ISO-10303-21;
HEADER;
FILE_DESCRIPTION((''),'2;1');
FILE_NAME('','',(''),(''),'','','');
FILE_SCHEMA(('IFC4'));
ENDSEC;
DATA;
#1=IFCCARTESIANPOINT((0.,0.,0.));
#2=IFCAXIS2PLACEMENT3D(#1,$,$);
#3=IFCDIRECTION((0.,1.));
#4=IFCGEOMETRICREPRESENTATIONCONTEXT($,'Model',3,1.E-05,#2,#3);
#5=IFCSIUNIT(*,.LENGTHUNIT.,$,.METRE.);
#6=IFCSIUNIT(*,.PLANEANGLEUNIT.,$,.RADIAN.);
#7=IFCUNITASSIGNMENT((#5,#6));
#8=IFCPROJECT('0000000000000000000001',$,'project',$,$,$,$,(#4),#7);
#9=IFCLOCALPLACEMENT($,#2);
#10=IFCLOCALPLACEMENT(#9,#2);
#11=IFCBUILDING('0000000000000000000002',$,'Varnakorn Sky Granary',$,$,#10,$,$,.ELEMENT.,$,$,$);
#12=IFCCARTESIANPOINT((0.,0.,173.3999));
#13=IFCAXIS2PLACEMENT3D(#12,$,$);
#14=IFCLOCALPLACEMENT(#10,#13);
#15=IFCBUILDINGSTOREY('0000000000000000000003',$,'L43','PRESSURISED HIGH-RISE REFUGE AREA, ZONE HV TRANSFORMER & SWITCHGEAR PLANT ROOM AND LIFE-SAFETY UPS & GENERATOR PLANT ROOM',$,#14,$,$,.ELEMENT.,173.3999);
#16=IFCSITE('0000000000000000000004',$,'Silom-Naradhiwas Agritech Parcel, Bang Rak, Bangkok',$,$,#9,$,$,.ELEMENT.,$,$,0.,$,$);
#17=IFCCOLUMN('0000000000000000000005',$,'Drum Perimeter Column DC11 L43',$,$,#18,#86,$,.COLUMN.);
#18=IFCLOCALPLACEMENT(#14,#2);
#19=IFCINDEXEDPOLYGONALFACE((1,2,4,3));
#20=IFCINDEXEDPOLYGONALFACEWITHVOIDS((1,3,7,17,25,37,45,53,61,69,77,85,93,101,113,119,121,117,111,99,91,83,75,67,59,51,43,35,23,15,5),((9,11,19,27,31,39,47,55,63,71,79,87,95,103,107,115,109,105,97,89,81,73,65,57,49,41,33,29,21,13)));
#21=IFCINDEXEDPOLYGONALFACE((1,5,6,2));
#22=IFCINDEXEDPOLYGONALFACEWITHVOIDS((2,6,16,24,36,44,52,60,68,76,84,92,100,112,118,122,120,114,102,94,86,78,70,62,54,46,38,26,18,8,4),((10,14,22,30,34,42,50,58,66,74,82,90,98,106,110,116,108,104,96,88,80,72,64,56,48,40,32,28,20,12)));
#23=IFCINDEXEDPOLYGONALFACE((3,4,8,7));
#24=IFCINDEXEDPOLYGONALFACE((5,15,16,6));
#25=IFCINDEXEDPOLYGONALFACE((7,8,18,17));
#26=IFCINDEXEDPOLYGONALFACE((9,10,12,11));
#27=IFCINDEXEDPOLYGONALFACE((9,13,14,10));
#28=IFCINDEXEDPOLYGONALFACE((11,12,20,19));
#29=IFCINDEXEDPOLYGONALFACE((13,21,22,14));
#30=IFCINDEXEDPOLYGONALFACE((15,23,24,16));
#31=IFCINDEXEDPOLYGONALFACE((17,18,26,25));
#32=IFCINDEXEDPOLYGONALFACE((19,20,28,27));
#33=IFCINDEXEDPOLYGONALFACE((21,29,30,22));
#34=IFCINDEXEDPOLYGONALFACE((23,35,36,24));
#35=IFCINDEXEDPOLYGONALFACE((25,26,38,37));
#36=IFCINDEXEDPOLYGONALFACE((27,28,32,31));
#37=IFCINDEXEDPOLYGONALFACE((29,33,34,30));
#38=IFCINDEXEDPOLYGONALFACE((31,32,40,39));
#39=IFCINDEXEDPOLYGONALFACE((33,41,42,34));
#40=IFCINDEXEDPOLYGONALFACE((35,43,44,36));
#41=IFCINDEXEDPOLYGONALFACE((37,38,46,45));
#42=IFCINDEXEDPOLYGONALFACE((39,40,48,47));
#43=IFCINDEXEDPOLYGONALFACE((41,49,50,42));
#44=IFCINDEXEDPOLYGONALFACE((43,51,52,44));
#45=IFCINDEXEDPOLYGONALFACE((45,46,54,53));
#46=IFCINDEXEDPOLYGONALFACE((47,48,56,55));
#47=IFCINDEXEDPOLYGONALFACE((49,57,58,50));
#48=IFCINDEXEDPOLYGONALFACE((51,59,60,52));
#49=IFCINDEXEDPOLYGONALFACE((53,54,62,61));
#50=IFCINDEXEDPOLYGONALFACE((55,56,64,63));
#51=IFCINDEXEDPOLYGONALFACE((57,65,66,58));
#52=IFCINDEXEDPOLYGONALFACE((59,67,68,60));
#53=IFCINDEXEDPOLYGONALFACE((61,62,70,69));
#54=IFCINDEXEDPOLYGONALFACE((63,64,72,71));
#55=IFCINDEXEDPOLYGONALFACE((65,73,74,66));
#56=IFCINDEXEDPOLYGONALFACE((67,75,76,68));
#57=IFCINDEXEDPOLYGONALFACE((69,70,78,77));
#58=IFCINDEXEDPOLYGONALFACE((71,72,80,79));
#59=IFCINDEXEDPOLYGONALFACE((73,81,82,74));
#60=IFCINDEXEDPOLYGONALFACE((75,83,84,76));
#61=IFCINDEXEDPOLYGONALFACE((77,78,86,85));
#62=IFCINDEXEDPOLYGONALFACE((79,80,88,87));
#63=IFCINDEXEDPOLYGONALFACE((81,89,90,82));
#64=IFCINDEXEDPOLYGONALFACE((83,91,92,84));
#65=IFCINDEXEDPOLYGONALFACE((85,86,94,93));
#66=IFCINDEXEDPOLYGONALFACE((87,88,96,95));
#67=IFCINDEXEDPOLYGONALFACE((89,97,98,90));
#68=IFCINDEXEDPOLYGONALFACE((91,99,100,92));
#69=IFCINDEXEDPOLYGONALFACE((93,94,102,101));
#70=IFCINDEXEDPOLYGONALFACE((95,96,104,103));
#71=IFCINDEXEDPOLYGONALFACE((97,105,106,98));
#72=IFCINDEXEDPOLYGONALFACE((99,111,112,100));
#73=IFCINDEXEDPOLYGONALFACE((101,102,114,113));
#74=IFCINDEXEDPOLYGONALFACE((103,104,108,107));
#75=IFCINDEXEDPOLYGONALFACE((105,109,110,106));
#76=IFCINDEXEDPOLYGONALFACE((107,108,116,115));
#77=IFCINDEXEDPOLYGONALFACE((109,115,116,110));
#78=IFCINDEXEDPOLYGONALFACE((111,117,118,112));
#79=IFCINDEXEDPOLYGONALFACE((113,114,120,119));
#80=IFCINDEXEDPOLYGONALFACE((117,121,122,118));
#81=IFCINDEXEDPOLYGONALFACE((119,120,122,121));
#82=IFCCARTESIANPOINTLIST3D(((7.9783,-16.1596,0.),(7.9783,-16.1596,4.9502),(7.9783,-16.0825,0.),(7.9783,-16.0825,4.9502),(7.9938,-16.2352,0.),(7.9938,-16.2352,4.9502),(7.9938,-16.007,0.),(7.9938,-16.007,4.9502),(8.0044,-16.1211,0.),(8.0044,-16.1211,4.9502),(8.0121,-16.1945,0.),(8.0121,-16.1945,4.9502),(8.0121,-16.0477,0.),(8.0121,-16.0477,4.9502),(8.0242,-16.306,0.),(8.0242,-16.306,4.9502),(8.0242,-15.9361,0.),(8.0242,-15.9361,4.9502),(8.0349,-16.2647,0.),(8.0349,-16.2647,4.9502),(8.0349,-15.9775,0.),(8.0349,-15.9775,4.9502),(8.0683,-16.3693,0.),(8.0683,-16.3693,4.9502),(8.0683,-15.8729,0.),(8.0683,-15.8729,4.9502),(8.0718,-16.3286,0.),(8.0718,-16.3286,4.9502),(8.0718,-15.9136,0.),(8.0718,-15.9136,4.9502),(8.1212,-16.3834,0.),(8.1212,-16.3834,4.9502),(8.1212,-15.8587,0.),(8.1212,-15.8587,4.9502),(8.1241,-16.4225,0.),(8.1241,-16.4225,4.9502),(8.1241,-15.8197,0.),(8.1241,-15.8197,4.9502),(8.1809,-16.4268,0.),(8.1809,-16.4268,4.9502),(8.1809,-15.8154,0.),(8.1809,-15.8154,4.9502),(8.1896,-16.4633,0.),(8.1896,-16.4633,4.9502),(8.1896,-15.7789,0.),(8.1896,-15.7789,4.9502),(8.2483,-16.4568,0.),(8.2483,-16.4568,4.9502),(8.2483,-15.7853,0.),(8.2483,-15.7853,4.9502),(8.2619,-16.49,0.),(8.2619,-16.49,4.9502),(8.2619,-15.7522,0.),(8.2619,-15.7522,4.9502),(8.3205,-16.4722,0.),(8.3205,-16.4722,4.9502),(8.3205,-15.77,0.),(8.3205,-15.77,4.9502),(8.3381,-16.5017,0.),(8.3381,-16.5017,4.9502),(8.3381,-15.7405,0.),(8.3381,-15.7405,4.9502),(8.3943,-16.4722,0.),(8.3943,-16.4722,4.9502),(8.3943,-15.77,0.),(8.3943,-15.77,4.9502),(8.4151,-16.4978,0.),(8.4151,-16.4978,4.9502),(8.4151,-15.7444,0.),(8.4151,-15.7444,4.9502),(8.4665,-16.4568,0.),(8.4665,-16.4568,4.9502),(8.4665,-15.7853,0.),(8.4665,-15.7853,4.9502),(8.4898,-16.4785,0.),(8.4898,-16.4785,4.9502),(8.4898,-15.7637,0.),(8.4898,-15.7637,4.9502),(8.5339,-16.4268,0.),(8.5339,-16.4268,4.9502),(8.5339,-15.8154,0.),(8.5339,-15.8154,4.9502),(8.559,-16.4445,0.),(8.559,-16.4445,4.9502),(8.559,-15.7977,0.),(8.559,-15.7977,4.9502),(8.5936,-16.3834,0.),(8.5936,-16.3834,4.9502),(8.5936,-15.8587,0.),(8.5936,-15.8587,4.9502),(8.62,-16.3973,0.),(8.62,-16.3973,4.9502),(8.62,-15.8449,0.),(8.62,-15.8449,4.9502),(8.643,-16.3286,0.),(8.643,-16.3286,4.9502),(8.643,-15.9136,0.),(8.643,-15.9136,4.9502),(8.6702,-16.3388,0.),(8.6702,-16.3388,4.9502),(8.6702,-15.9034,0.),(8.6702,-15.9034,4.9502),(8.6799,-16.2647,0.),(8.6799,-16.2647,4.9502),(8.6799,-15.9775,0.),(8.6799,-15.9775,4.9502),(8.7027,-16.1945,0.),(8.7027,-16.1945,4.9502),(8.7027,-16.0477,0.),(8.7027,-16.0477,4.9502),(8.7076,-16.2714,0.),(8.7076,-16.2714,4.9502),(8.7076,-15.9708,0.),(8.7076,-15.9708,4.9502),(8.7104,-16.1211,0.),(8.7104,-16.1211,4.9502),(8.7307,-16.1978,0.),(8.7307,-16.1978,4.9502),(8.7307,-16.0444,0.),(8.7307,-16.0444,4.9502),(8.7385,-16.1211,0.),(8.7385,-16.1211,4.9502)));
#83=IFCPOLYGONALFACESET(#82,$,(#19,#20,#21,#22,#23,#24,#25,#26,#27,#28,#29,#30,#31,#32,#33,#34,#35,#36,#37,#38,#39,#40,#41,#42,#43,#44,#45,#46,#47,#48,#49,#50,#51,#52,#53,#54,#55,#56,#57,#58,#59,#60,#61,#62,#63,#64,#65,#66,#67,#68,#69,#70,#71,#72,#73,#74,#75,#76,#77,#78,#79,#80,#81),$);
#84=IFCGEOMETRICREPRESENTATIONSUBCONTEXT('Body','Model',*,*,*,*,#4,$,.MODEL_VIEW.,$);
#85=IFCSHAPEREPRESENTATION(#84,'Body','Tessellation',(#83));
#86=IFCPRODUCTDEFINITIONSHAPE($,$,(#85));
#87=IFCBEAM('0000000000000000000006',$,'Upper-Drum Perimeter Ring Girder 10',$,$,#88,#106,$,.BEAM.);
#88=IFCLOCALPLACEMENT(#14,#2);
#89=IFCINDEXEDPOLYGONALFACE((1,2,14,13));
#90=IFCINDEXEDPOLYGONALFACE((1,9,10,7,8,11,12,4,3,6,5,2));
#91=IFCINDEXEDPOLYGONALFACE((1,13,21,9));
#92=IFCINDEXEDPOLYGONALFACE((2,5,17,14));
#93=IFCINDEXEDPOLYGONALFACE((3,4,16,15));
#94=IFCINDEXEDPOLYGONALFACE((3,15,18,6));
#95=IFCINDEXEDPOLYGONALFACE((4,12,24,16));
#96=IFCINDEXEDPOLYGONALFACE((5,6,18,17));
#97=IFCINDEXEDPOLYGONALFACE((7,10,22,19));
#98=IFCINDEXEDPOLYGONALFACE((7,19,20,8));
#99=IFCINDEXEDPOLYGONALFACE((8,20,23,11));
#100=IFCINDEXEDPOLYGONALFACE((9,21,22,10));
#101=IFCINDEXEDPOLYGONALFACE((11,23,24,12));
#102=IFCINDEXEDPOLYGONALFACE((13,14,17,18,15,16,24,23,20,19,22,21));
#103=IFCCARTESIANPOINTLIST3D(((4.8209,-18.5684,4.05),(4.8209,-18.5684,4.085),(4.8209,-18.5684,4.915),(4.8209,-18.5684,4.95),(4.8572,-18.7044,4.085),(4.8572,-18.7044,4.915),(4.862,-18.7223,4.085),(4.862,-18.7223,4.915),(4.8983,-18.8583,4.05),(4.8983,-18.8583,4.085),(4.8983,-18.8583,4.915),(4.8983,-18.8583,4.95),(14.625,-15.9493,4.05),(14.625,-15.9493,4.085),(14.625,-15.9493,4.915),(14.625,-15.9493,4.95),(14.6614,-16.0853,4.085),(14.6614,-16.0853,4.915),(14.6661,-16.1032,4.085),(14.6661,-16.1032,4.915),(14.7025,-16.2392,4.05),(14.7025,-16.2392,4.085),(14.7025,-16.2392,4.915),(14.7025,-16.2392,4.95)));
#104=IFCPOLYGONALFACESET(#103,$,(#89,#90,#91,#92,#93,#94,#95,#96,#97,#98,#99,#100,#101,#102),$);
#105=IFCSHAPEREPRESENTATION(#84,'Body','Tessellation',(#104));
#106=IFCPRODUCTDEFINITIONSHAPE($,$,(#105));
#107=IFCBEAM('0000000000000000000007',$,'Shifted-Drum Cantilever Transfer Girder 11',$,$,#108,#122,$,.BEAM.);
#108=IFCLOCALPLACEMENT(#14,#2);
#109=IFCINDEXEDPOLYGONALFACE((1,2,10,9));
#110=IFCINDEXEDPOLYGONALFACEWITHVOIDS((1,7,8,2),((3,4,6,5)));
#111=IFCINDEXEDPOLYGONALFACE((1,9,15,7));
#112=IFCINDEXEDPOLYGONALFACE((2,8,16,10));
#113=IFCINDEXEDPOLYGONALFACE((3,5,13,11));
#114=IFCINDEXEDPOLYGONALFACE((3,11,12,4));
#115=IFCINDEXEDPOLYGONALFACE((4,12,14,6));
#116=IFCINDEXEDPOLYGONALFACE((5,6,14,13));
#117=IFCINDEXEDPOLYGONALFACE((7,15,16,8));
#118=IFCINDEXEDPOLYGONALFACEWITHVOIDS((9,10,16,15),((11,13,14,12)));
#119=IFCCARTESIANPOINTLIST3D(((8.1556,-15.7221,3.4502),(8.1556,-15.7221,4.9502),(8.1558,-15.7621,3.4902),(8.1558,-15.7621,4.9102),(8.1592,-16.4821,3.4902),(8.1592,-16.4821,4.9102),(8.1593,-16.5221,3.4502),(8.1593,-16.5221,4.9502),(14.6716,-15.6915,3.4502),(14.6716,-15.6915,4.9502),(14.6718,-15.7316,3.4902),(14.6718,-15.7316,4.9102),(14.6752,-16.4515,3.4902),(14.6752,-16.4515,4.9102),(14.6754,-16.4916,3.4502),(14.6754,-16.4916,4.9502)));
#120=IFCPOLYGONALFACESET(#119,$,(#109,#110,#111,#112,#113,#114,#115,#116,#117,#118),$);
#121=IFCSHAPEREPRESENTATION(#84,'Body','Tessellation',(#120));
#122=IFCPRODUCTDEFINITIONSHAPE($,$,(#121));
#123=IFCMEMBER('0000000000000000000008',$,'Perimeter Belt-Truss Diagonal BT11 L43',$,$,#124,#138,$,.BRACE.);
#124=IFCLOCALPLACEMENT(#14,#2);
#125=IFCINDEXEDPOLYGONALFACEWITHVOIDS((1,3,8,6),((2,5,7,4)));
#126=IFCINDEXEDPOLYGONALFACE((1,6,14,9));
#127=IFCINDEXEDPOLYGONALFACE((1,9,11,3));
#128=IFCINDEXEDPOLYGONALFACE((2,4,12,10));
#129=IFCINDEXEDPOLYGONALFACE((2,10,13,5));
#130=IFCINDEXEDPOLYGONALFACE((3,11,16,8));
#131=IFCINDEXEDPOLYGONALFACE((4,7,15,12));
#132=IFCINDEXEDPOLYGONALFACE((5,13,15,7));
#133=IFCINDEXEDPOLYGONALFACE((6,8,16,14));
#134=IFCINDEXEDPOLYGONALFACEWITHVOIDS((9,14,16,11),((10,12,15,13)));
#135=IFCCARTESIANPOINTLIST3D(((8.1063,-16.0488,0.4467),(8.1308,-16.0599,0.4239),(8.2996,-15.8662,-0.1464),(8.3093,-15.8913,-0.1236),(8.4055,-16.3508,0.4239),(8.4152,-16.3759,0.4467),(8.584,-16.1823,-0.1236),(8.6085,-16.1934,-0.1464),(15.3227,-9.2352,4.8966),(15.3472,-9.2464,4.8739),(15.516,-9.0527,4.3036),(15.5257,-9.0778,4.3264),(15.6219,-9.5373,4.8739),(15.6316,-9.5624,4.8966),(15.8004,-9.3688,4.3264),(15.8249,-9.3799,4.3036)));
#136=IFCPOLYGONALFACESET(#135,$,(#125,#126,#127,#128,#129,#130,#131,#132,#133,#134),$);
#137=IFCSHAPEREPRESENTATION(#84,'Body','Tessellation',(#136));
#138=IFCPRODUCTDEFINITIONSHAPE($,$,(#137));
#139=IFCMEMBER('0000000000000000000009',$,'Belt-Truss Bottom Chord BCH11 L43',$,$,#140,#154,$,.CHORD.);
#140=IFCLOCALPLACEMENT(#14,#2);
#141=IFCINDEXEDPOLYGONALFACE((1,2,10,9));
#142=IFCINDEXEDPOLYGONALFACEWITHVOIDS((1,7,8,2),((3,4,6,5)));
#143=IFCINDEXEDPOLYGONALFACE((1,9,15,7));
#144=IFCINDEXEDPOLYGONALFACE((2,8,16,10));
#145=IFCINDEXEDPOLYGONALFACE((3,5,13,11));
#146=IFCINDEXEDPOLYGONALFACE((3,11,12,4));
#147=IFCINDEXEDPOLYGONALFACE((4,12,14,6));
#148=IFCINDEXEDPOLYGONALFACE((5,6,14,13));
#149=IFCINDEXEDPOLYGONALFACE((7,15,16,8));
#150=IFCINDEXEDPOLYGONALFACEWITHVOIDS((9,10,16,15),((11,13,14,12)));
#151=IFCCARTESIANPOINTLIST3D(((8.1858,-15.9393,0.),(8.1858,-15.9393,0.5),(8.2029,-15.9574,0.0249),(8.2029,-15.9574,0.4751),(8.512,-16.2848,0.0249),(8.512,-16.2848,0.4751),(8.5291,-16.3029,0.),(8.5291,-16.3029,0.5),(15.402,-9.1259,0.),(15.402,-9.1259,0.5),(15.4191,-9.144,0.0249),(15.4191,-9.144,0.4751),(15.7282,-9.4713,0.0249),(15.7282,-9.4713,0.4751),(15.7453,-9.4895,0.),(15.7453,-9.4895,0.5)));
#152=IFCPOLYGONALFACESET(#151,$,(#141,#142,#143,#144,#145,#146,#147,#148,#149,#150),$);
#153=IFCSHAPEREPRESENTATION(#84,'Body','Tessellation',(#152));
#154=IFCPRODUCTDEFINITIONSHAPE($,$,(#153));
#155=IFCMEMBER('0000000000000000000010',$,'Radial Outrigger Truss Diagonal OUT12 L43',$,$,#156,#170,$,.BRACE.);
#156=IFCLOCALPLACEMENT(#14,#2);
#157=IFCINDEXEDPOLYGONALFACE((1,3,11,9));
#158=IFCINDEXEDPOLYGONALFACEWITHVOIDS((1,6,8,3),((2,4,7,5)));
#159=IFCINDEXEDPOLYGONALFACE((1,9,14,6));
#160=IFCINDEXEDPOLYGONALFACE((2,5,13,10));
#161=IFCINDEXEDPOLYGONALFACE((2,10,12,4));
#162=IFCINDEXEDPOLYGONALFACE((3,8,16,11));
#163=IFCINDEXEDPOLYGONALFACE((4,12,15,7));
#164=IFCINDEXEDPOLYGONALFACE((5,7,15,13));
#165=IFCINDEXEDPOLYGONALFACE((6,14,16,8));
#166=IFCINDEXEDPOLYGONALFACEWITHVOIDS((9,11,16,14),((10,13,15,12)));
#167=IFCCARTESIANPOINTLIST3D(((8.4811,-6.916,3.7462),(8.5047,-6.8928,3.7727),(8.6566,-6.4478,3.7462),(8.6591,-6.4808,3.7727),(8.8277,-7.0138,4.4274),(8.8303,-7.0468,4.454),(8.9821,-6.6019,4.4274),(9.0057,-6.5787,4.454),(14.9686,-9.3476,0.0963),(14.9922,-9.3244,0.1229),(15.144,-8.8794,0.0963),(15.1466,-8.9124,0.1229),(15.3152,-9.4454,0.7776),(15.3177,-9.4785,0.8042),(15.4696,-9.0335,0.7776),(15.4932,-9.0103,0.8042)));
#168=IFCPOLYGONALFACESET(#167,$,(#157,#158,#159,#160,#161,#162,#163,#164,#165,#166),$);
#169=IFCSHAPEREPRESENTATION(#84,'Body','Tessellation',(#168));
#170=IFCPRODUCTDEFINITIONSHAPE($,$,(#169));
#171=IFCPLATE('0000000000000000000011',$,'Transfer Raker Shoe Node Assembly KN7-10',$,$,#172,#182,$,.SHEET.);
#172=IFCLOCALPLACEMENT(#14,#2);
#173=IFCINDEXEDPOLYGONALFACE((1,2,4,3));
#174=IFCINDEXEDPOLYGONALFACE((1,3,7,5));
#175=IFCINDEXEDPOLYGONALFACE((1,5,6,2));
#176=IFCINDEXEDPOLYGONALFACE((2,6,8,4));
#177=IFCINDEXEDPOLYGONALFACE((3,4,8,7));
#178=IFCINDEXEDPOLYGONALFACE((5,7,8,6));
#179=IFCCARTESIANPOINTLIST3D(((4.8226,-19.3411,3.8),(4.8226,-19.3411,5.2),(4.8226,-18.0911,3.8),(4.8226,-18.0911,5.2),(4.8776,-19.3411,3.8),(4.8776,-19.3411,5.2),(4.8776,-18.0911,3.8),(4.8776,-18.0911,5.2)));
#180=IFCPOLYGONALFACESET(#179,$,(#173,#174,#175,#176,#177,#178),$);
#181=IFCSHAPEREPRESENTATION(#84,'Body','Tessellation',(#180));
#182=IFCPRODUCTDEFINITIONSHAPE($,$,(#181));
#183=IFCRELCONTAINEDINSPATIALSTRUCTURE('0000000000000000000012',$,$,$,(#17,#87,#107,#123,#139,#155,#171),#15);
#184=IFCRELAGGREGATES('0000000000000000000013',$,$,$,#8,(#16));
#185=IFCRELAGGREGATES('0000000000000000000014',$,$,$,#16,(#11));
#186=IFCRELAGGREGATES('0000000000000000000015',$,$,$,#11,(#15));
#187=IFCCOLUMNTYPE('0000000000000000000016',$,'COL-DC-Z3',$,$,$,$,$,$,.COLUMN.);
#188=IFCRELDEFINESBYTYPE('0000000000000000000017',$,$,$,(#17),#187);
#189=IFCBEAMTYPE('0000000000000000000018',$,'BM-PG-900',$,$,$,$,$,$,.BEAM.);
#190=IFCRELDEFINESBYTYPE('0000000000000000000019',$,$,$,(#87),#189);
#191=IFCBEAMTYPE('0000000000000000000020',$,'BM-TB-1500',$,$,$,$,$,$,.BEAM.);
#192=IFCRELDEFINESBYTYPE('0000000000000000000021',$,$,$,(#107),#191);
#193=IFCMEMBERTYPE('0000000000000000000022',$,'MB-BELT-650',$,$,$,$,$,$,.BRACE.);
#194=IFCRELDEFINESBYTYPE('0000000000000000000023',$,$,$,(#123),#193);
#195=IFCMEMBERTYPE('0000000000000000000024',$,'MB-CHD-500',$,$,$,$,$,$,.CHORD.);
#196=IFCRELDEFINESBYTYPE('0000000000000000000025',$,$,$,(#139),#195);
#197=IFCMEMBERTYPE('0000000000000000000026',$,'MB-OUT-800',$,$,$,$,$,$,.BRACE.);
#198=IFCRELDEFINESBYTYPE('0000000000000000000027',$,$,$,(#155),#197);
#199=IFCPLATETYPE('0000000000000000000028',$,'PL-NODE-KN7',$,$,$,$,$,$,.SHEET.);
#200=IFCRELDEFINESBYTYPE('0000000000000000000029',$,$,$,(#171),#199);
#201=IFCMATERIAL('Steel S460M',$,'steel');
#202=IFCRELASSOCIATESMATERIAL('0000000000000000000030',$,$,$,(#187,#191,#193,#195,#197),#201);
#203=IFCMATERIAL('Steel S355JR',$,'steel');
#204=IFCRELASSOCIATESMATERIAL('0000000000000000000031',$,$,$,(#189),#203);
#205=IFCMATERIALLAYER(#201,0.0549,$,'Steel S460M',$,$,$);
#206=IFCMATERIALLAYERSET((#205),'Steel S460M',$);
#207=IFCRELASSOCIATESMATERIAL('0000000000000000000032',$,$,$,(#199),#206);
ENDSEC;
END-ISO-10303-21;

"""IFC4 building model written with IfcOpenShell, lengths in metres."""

from ifc_helpers import new_model, si_unit, direction, frame, origin, origin_2d, place, context, subcontext, project, spatial, rectangle, hollow_rectangle, hollow_circle, i_section, extrude, material, layer, layer_set, material_profile, profile_set, type_object, element, save


model = new_model("IFC4")

# Units and contexts
model_context = context("Model", 3, precision=1e-05, world=origin(), true_north=direction((0.0, 1.0)))
body_context = subcontext(model_context, "Body", "Model", "MODEL_VIEW")
ifc_project = project(units=[si_unit("LENGTHUNIT", "METRE"), si_unit("PLANEANGLEUNIT", "RADIAN")], contexts=[model_context])

# Site, building, storey
site_placement = place(None, origin())
site = spatial("IfcSite", under=ifc_project, at=site_placement, Name="Silom-Naradhiwas Agritech Parcel, Bang Rak, Bangkok", CompositionType="ELEMENT", RefElevation=0.0)
building_placement = place(site_placement, origin())
building = spatial("IfcBuilding", under=site, at=building_placement, Name="Varnakorn Sky Granary", CompositionType="ELEMENT")
storey_placement = place(building_placement, frame((0.0, 0.0, 173.3999)))
storey = spatial("IfcBuildingStorey", under=building, at=storey_placement, Name="L43", Description="PRESSURISED HIGH-RISE REFUGE AREA, ZONE HV TRANSFORMER & SWITCHGEAR PLANT ROOM AND LIFE-SAFETY UPS & GENERATOR PLANT ROOM", CompositionType="ELEMENT", Elevation=173.3999)

# Column
ifc_material_1 = material(Name="Steel S460M", Category="steel")
ifc_material_profile_1 = material_profile(ifc_material_1, hollow_circle(Radius=0.3811, WallThickness=0.0281, at=origin_2d()), Name="CHS 762x28")
ifc_profile_set_1 = profile_set([ifc_material_profile_1], Name="Steel S460M")
column_type = type_object("IfcColumnType", Name="COL-DC-Z3", PredefinedType="COLUMN", material=ifc_profile_set_1)
column_placement = place(storey_placement, frame((8.3574, -16.1211, 0.0), z_axis=(0.0, 0.0, 1.0), x_axis=(1.0, 0.0, 0.0)))
element("IfcColumn", 1, at=column_placement, inside=storey, type_object=column_type, Name="Drum Perimeter Column DC11 L43", PredefinedType="COLUMN", context=body_context, shape_type="SweptSolid", body=[
    extrude(hollow_circle(Radius=0.3811, WallThickness=0.0281, at=origin_2d()), origin(), (0.0, 0.0, 1.0), 4.9502),
])

# Beams
ifc_material_2 = material(Name="Steel S355JR", Category="steel")
ifc_material_profile_2 = material_profile(ifc_material_2, i_section(OverallWidth=0.3, OverallDepth=0.8999, WebThickness=0.0186, FlangeThickness=0.0349, at=origin_2d()), Name="HE 900 B")
ifc_profile_set_2 = profile_set([ifc_material_profile_2], Name="Steel S355JR")
beam_type_1 = type_object("IfcBeamType", Name="BM-PG-900", PredefinedType="BEAM", material=ifc_profile_set_2)
beam_1_placement = place(storey_placement, frame((4.8596, -18.7134, 4.5), z_axis=(0.96612, 0.258094, 0.0), x_axis=(-0.258094, 0.96612, 0.0)))
element("IfcBeam", 2, at=beam_1_placement, inside=storey, type_object=beam_type_1, Name="Upper-Drum Perimeter Ring Girder 10", PredefinedType="BEAM", context=body_context, shape_type="SweptSolid", body=[
    extrude(i_section(OverallWidth=0.3, OverallDepth=0.8999, WebThickness=0.0186, FlangeThickness=0.0349, at=origin_2d()), origin(), (0.0, 0.0, 1.0), 10.1479),
])
ifc_material_profile_3 = material_profile(ifc_material_1, hollow_rectangle(XDim=0.8, YDim=1.5, WallThickness=0.04, at=origin_2d()), Name="BOX 800x1500x40")
ifc_profile_set_3 = profile_set([ifc_material_profile_3], Name="Steel S460M")
beam_type_2 = type_object("IfcBeamType", Name="BM-TB-1500", PredefinedType="BEAM", material=ifc_profile_set_3)
beam_2_placement = place(storey_placement, frame((8.1575, -16.1221, 4.2002), z_axis=(0.999989, 0.004683, 0.0), x_axis=(-0.004683, 0.999989, 0.0)))
element("IfcBeam", 3, at=beam_2_placement, inside=storey, type_object=beam_type_2, Name="Shifted-Drum Cantilever Transfer Girder 11", PredefinedType="BEAM", context=body_context, shape_type="SweptSolid", body=[
    extrude(hollow_rectangle(XDim=0.8, YDim=1.5, WallThickness=0.04, at=origin_2d()), origin(), (0.0, 0.0, 1.0), 6.5161),
])

# Members
ifc_material_profile_4 = material_profile(ifc_material_1, hollow_rectangle(XDim=0.45, YDim=0.6499, WallThickness=0.0249, at=origin_2d()), Name="RHS 450x650x25")
ifc_profile_set_4 = profile_set([ifc_material_profile_4], Name="Steel S460M")
member_type_1 = type_object("IfcMemberType", Name="MB-BELT-650", PredefinedType="BRACE", material=ifc_profile_set_4)
member_1_placement = place(storey_placement, frame((8.3574, -16.1211, 0.1501), z_axis=(0.66347, 0.626434, 0.40913), x_axis=(-0.686521, 0.72711, 0.0)))
element("IfcMember", 4, at=member_1_placement, inside=storey, type_object=member_type_1, Name="Perimeter Belt-Truss Diagonal BT11 L43", PredefinedType="BRACE", context=body_context, shape_type="SweptSolid", body=[
    extrude(hollow_rectangle(XDim=0.45, YDim=0.6499, WallThickness=0.0249, at=origin_2d()), origin(), (0.0, 0.0, 1.0), 10.8767),
])
ifc_material_profile_5 = material_profile(ifc_material_1, hollow_rectangle(XDim=0.5, YDim=0.5, WallThickness=0.0249, at=origin_2d()), Name="SHS 500x500x25")
ifc_profile_set_5 = profile_set([ifc_material_profile_5], Name="Steel S460M")
member_type_2 = type_object("IfcMemberType", Name="MB-CHD-500", PredefinedType="CHORD", material=ifc_profile_set_5)
member_2_placement = place(storey_placement, frame((8.3574, -16.1211, 0.25), z_axis=(0.72711, 0.686521, 0.0), x_axis=(-0.686521, 0.72711, 0.0)))
element("IfcMember", 5, at=member_2_placement, inside=storey, type_object=member_type_2, Name="Belt-Truss Bottom Chord BCH11 L43", PredefinedType="CHORD", context=body_context, shape_type="SweptSolid", body=[
    extrude(hollow_rectangle(XDim=0.5, YDim=0.5, WallThickness=0.0249, at=origin_2d()), origin(), (0.0, 0.0, 1.0), 9.9246),
])
ifc_material_profile_6 = material_profile(ifc_material_1, hollow_rectangle(XDim=0.5, YDim=0.8, WallThickness=0.03, at=origin_2d()), Name="RHS 500x800x30")
ifc_profile_set_6 = profile_set([ifc_material_profile_6], Name="Steel S460M")
member_type_3 = type_object("IfcMemberType", Name="MB-OUT-800", PredefinedType="BRACE", material=ifc_profile_set_6)
member_3_placement = place(storey_placement, frame((8.7434, -6.7473, 4.1001), z_axis=(0.828455, -0.310519, -0.46609), x_axis=(0.350973, 0.936386, 0.0)))
element("IfcMember", 6, at=member_3_placement, inside=storey, type_object=member_type_3, Name="Radial Outrigger Truss Diagonal OUT12 L43", PredefinedType="BRACE", context=body_context, shape_type="SweptSolid", body=[
    extrude(hollow_rectangle(XDim=0.5, YDim=0.8, WallThickness=0.03, at=origin_2d()), origin(), (0.0, 0.0, 1.0), 7.8308),
])

# Plate
ifc_layer_1 = layer(ifc_material_1, 0.0549, Name="Steel S460M")
ifc_layer_set_1 = layer_set([ifc_layer_1], Name="Steel S460M")
plate_type_1 = type_object("IfcPlateType", Name="PL-NODE-KN7", PredefinedType="SHEET", material=ifc_layer_set_1)
plate_1_placement = place(storey_placement, frame((4.8501, -18.7161, 3.8), z_axis=(0.0, 0.0, 1.0), x_axis=(0.0, -1.0, 0.0)))
element("IfcPlate", 7, at=plate_1_placement, inside=storey, type_object=plate_type_1, Name="Transfer Raker Shoe Node Assembly KN7-10", PredefinedType="SHEET", context=body_context, shape_type="SweptSolid", body=[
    extrude(rectangle(XDim=1.25, YDim=0.0549, at=origin_2d()), origin(), (0.0, 0.0, 1.0), 1.3999),
])

save(model, "model.ifc")
